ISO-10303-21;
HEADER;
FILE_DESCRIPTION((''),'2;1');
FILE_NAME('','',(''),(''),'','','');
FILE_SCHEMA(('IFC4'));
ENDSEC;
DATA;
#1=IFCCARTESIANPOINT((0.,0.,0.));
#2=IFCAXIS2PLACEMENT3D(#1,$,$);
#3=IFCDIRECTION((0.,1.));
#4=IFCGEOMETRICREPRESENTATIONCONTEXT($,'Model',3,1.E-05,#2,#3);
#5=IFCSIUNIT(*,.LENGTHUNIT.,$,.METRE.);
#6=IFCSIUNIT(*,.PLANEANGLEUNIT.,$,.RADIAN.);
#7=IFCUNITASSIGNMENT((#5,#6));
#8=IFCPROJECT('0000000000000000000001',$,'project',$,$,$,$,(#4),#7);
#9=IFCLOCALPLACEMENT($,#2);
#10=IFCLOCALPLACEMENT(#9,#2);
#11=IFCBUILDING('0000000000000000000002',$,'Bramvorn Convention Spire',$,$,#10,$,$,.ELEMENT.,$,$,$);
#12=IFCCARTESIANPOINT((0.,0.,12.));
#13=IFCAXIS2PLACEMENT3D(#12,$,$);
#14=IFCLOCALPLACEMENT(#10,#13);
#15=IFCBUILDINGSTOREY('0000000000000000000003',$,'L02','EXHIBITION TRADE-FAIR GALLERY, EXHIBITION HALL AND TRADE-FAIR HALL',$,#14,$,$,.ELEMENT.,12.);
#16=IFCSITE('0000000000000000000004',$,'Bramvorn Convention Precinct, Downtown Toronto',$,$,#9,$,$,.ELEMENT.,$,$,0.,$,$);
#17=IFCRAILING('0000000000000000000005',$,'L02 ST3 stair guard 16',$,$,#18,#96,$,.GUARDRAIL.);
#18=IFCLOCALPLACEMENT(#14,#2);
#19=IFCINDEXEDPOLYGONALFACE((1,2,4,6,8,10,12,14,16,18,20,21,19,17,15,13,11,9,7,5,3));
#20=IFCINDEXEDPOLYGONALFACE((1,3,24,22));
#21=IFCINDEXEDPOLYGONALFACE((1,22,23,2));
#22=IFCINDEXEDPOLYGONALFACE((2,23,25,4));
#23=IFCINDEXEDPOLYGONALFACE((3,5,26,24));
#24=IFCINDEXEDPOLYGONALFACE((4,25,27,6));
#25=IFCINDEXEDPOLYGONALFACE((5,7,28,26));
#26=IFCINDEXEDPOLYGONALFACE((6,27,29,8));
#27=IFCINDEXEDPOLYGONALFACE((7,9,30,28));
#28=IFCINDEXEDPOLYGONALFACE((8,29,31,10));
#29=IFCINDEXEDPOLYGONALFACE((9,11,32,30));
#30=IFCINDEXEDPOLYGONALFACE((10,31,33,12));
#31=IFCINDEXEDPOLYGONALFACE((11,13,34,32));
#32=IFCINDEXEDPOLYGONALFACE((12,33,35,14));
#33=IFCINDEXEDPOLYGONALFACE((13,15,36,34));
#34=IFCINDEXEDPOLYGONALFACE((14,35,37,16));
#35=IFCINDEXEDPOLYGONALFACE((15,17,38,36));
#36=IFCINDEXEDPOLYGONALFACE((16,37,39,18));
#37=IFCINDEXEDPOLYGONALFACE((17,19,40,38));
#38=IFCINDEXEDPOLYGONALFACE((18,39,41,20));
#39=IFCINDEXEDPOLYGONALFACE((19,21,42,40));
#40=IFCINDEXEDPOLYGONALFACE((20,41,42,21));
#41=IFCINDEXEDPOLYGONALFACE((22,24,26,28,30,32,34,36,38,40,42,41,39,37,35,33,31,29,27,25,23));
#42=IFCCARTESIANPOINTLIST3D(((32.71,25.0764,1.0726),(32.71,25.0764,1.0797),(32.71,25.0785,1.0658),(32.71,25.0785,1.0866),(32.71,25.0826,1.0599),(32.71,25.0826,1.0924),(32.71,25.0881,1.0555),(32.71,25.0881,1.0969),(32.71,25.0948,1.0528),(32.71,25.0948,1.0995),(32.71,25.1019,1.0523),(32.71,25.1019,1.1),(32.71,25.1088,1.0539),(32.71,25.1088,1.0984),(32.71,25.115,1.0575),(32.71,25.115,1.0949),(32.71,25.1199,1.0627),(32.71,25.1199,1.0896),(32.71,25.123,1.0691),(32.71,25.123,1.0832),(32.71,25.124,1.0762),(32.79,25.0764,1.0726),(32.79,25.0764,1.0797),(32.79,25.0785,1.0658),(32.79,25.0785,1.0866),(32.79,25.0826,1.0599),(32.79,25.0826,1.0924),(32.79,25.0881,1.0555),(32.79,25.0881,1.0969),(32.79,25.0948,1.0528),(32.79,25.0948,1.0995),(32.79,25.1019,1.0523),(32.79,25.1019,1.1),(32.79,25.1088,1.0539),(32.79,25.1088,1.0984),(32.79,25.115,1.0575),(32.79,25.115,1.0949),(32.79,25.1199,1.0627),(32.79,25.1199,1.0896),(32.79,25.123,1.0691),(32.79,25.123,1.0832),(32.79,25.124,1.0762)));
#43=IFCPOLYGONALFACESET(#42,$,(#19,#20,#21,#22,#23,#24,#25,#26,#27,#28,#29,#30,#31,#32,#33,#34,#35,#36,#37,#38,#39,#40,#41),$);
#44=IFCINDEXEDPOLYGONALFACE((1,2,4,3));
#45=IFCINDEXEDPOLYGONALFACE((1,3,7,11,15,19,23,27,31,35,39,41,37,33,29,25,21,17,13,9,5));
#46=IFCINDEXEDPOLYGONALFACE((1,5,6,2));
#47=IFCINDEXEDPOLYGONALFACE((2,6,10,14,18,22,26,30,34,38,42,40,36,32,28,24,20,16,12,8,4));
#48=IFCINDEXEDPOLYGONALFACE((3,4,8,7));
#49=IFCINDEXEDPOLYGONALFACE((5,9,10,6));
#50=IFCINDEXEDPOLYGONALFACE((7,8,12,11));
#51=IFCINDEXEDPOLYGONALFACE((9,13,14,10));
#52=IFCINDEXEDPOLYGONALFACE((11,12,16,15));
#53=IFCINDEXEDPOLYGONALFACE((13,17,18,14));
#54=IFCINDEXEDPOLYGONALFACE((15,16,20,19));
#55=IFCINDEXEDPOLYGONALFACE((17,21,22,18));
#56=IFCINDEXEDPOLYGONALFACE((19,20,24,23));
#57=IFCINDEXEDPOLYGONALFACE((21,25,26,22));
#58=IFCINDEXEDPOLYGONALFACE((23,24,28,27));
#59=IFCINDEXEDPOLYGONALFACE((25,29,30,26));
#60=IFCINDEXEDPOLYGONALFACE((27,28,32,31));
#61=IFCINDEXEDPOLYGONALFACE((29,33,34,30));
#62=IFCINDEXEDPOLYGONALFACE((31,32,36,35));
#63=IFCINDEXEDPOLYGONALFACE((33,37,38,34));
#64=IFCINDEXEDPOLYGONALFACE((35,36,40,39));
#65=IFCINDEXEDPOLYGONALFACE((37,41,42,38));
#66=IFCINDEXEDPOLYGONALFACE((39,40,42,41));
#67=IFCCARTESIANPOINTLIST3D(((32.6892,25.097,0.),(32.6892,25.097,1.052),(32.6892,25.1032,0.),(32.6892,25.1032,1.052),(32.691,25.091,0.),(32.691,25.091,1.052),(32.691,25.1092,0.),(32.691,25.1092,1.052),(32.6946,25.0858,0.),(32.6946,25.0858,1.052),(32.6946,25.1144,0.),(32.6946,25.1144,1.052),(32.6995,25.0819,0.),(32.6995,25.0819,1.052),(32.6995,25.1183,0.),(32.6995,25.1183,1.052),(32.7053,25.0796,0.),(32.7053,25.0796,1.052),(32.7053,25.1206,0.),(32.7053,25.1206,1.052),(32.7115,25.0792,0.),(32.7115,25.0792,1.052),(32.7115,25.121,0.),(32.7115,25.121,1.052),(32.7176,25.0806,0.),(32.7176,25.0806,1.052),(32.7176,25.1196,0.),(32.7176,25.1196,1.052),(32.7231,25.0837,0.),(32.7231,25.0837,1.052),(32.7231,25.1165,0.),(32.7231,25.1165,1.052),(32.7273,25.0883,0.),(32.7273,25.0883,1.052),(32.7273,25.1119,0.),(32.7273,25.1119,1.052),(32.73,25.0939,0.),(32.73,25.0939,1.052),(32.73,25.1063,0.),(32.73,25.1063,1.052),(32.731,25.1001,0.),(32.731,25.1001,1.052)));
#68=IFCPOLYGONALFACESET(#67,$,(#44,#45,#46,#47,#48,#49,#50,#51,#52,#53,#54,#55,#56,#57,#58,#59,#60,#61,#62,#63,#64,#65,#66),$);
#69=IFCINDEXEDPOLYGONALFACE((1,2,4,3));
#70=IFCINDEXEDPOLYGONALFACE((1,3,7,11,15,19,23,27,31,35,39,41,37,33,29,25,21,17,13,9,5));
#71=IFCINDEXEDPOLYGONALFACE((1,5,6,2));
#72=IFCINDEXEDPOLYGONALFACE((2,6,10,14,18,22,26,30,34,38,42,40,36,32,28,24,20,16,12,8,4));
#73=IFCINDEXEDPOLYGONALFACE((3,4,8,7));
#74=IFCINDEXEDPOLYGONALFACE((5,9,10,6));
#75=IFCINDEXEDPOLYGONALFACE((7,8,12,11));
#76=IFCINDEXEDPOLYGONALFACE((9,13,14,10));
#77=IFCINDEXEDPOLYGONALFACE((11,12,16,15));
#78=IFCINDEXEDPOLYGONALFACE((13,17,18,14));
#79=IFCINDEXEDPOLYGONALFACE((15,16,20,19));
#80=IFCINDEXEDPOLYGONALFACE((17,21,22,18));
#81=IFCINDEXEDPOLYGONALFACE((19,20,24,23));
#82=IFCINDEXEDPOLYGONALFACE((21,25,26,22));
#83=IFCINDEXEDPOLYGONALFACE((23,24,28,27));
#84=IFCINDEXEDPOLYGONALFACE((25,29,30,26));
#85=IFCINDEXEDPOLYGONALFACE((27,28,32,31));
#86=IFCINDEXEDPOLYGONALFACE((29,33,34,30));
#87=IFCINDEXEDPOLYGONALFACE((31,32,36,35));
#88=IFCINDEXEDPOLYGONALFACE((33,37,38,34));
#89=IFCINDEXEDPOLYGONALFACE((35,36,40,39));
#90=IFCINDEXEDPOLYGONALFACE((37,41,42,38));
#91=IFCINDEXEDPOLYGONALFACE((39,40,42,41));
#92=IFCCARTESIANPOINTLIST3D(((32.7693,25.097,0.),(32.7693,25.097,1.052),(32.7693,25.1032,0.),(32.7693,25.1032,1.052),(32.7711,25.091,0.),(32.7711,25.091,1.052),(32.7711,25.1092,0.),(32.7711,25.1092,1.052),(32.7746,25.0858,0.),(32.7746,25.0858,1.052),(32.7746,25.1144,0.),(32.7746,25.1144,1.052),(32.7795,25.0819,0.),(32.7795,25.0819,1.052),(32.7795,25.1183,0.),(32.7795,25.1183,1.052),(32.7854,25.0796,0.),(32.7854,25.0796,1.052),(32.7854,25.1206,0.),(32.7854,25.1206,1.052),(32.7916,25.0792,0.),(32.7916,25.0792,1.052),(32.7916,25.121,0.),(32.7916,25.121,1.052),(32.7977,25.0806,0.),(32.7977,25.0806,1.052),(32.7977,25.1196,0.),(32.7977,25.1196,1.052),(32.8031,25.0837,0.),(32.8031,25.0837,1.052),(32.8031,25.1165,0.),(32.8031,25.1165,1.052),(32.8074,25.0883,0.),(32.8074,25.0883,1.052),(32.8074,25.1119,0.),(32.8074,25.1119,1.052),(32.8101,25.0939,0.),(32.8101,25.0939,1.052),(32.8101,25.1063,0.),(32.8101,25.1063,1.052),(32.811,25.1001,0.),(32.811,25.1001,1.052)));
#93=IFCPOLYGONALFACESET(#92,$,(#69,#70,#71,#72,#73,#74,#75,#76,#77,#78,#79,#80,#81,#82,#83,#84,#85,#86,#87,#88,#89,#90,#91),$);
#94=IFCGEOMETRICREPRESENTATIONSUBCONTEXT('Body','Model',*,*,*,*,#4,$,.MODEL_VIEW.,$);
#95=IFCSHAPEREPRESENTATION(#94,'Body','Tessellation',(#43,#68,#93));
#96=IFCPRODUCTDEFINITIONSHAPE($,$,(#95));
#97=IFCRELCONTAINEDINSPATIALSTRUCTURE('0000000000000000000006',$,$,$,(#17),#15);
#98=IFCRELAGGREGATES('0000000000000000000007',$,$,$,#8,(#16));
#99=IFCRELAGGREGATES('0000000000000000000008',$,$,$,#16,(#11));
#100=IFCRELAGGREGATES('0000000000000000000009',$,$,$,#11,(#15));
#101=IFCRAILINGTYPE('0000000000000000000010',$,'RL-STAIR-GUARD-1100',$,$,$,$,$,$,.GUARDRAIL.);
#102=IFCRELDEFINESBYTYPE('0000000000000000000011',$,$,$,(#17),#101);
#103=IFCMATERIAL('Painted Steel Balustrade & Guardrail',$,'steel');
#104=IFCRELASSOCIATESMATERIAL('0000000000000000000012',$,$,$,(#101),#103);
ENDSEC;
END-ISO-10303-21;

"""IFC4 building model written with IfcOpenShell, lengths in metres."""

from ifc_helpers import new_model, si_unit, direction, frame, origin, origin_2d, place, context, subcontext, project, spatial, circle, extrude, material, type_object, element, save


model = new_model("IFC4")

# Units and contexts
model_context = context("Model", 3, precision=1e-05, world=origin(), true_north=direction((0.0, 1.0)))
body_context = subcontext(model_context, "Body", "Model", "MODEL_VIEW")
ifc_project = project(units=[si_unit("LENGTHUNIT", "METRE"), si_unit("PLANEANGLEUNIT", "RADIAN")], contexts=[model_context])

# Site, building, storey
site_placement = place(None, origin())
site = spatial("IfcSite", under=ifc_project, at=site_placement, Name="Bramvorn Convention Precinct, Downtown Toronto", CompositionType="ELEMENT", RefElevation=0.0)
building_placement = place(site_placement, origin())
building = spatial("IfcBuilding", under=site, at=building_placement, Name="Bramvorn Convention Spire", CompositionType="ELEMENT")
storey_placement = place(building_placement, frame((0.0, 0.0, 12.0)))
storey = spatial("IfcBuildingStorey", under=building, at=storey_placement, Name="L02", Description="EXHIBITION TRADE-FAIR GALLERY, EXHIBITION HALL AND TRADE-FAIR HALL", CompositionType="ELEMENT", Elevation=12.0)

# Railing
ifc_material_1 = material(Name="Painted Steel Balustrade & Guardrail", Category="steel")
railing_type_1 = type_object("IfcRailingType", Name="RL-STAIR-GUARD-1100", PredefinedType="GUARDRAIL", material=ifc_material_1)
railing_1_placement = place(storey_placement, frame((32.71, 25.1001, 0.0)))
element("IfcRailing", 1, at=railing_1_placement, inside=storey, type_object=railing_type_1, Name="L02 ST3 stair guard 16", PredefinedType="GUARDRAIL", context=body_context, shape_type="SweptSolid", body=[
    extrude(circle(Radius=0.0239, at=origin_2d()), frame((0.0, 0.0, 1.0762), z_axis=(1.0, 0.0, 0.0), x_axis=(0.0, 1.0, 0.0)), (0.0, 0.0, 1.0), 0.0801),
    extrude(circle(Radius=0.021, at=origin_2d()), origin(), (0.0, 0.0, 1.0), 1.052),
    extrude(circle(Radius=0.021, at=origin_2d()), frame((0.0801, 0.0, 0.0)), (0.0, 0.0, 1.0), 1.052),
])

save(model, "model.ifc")
